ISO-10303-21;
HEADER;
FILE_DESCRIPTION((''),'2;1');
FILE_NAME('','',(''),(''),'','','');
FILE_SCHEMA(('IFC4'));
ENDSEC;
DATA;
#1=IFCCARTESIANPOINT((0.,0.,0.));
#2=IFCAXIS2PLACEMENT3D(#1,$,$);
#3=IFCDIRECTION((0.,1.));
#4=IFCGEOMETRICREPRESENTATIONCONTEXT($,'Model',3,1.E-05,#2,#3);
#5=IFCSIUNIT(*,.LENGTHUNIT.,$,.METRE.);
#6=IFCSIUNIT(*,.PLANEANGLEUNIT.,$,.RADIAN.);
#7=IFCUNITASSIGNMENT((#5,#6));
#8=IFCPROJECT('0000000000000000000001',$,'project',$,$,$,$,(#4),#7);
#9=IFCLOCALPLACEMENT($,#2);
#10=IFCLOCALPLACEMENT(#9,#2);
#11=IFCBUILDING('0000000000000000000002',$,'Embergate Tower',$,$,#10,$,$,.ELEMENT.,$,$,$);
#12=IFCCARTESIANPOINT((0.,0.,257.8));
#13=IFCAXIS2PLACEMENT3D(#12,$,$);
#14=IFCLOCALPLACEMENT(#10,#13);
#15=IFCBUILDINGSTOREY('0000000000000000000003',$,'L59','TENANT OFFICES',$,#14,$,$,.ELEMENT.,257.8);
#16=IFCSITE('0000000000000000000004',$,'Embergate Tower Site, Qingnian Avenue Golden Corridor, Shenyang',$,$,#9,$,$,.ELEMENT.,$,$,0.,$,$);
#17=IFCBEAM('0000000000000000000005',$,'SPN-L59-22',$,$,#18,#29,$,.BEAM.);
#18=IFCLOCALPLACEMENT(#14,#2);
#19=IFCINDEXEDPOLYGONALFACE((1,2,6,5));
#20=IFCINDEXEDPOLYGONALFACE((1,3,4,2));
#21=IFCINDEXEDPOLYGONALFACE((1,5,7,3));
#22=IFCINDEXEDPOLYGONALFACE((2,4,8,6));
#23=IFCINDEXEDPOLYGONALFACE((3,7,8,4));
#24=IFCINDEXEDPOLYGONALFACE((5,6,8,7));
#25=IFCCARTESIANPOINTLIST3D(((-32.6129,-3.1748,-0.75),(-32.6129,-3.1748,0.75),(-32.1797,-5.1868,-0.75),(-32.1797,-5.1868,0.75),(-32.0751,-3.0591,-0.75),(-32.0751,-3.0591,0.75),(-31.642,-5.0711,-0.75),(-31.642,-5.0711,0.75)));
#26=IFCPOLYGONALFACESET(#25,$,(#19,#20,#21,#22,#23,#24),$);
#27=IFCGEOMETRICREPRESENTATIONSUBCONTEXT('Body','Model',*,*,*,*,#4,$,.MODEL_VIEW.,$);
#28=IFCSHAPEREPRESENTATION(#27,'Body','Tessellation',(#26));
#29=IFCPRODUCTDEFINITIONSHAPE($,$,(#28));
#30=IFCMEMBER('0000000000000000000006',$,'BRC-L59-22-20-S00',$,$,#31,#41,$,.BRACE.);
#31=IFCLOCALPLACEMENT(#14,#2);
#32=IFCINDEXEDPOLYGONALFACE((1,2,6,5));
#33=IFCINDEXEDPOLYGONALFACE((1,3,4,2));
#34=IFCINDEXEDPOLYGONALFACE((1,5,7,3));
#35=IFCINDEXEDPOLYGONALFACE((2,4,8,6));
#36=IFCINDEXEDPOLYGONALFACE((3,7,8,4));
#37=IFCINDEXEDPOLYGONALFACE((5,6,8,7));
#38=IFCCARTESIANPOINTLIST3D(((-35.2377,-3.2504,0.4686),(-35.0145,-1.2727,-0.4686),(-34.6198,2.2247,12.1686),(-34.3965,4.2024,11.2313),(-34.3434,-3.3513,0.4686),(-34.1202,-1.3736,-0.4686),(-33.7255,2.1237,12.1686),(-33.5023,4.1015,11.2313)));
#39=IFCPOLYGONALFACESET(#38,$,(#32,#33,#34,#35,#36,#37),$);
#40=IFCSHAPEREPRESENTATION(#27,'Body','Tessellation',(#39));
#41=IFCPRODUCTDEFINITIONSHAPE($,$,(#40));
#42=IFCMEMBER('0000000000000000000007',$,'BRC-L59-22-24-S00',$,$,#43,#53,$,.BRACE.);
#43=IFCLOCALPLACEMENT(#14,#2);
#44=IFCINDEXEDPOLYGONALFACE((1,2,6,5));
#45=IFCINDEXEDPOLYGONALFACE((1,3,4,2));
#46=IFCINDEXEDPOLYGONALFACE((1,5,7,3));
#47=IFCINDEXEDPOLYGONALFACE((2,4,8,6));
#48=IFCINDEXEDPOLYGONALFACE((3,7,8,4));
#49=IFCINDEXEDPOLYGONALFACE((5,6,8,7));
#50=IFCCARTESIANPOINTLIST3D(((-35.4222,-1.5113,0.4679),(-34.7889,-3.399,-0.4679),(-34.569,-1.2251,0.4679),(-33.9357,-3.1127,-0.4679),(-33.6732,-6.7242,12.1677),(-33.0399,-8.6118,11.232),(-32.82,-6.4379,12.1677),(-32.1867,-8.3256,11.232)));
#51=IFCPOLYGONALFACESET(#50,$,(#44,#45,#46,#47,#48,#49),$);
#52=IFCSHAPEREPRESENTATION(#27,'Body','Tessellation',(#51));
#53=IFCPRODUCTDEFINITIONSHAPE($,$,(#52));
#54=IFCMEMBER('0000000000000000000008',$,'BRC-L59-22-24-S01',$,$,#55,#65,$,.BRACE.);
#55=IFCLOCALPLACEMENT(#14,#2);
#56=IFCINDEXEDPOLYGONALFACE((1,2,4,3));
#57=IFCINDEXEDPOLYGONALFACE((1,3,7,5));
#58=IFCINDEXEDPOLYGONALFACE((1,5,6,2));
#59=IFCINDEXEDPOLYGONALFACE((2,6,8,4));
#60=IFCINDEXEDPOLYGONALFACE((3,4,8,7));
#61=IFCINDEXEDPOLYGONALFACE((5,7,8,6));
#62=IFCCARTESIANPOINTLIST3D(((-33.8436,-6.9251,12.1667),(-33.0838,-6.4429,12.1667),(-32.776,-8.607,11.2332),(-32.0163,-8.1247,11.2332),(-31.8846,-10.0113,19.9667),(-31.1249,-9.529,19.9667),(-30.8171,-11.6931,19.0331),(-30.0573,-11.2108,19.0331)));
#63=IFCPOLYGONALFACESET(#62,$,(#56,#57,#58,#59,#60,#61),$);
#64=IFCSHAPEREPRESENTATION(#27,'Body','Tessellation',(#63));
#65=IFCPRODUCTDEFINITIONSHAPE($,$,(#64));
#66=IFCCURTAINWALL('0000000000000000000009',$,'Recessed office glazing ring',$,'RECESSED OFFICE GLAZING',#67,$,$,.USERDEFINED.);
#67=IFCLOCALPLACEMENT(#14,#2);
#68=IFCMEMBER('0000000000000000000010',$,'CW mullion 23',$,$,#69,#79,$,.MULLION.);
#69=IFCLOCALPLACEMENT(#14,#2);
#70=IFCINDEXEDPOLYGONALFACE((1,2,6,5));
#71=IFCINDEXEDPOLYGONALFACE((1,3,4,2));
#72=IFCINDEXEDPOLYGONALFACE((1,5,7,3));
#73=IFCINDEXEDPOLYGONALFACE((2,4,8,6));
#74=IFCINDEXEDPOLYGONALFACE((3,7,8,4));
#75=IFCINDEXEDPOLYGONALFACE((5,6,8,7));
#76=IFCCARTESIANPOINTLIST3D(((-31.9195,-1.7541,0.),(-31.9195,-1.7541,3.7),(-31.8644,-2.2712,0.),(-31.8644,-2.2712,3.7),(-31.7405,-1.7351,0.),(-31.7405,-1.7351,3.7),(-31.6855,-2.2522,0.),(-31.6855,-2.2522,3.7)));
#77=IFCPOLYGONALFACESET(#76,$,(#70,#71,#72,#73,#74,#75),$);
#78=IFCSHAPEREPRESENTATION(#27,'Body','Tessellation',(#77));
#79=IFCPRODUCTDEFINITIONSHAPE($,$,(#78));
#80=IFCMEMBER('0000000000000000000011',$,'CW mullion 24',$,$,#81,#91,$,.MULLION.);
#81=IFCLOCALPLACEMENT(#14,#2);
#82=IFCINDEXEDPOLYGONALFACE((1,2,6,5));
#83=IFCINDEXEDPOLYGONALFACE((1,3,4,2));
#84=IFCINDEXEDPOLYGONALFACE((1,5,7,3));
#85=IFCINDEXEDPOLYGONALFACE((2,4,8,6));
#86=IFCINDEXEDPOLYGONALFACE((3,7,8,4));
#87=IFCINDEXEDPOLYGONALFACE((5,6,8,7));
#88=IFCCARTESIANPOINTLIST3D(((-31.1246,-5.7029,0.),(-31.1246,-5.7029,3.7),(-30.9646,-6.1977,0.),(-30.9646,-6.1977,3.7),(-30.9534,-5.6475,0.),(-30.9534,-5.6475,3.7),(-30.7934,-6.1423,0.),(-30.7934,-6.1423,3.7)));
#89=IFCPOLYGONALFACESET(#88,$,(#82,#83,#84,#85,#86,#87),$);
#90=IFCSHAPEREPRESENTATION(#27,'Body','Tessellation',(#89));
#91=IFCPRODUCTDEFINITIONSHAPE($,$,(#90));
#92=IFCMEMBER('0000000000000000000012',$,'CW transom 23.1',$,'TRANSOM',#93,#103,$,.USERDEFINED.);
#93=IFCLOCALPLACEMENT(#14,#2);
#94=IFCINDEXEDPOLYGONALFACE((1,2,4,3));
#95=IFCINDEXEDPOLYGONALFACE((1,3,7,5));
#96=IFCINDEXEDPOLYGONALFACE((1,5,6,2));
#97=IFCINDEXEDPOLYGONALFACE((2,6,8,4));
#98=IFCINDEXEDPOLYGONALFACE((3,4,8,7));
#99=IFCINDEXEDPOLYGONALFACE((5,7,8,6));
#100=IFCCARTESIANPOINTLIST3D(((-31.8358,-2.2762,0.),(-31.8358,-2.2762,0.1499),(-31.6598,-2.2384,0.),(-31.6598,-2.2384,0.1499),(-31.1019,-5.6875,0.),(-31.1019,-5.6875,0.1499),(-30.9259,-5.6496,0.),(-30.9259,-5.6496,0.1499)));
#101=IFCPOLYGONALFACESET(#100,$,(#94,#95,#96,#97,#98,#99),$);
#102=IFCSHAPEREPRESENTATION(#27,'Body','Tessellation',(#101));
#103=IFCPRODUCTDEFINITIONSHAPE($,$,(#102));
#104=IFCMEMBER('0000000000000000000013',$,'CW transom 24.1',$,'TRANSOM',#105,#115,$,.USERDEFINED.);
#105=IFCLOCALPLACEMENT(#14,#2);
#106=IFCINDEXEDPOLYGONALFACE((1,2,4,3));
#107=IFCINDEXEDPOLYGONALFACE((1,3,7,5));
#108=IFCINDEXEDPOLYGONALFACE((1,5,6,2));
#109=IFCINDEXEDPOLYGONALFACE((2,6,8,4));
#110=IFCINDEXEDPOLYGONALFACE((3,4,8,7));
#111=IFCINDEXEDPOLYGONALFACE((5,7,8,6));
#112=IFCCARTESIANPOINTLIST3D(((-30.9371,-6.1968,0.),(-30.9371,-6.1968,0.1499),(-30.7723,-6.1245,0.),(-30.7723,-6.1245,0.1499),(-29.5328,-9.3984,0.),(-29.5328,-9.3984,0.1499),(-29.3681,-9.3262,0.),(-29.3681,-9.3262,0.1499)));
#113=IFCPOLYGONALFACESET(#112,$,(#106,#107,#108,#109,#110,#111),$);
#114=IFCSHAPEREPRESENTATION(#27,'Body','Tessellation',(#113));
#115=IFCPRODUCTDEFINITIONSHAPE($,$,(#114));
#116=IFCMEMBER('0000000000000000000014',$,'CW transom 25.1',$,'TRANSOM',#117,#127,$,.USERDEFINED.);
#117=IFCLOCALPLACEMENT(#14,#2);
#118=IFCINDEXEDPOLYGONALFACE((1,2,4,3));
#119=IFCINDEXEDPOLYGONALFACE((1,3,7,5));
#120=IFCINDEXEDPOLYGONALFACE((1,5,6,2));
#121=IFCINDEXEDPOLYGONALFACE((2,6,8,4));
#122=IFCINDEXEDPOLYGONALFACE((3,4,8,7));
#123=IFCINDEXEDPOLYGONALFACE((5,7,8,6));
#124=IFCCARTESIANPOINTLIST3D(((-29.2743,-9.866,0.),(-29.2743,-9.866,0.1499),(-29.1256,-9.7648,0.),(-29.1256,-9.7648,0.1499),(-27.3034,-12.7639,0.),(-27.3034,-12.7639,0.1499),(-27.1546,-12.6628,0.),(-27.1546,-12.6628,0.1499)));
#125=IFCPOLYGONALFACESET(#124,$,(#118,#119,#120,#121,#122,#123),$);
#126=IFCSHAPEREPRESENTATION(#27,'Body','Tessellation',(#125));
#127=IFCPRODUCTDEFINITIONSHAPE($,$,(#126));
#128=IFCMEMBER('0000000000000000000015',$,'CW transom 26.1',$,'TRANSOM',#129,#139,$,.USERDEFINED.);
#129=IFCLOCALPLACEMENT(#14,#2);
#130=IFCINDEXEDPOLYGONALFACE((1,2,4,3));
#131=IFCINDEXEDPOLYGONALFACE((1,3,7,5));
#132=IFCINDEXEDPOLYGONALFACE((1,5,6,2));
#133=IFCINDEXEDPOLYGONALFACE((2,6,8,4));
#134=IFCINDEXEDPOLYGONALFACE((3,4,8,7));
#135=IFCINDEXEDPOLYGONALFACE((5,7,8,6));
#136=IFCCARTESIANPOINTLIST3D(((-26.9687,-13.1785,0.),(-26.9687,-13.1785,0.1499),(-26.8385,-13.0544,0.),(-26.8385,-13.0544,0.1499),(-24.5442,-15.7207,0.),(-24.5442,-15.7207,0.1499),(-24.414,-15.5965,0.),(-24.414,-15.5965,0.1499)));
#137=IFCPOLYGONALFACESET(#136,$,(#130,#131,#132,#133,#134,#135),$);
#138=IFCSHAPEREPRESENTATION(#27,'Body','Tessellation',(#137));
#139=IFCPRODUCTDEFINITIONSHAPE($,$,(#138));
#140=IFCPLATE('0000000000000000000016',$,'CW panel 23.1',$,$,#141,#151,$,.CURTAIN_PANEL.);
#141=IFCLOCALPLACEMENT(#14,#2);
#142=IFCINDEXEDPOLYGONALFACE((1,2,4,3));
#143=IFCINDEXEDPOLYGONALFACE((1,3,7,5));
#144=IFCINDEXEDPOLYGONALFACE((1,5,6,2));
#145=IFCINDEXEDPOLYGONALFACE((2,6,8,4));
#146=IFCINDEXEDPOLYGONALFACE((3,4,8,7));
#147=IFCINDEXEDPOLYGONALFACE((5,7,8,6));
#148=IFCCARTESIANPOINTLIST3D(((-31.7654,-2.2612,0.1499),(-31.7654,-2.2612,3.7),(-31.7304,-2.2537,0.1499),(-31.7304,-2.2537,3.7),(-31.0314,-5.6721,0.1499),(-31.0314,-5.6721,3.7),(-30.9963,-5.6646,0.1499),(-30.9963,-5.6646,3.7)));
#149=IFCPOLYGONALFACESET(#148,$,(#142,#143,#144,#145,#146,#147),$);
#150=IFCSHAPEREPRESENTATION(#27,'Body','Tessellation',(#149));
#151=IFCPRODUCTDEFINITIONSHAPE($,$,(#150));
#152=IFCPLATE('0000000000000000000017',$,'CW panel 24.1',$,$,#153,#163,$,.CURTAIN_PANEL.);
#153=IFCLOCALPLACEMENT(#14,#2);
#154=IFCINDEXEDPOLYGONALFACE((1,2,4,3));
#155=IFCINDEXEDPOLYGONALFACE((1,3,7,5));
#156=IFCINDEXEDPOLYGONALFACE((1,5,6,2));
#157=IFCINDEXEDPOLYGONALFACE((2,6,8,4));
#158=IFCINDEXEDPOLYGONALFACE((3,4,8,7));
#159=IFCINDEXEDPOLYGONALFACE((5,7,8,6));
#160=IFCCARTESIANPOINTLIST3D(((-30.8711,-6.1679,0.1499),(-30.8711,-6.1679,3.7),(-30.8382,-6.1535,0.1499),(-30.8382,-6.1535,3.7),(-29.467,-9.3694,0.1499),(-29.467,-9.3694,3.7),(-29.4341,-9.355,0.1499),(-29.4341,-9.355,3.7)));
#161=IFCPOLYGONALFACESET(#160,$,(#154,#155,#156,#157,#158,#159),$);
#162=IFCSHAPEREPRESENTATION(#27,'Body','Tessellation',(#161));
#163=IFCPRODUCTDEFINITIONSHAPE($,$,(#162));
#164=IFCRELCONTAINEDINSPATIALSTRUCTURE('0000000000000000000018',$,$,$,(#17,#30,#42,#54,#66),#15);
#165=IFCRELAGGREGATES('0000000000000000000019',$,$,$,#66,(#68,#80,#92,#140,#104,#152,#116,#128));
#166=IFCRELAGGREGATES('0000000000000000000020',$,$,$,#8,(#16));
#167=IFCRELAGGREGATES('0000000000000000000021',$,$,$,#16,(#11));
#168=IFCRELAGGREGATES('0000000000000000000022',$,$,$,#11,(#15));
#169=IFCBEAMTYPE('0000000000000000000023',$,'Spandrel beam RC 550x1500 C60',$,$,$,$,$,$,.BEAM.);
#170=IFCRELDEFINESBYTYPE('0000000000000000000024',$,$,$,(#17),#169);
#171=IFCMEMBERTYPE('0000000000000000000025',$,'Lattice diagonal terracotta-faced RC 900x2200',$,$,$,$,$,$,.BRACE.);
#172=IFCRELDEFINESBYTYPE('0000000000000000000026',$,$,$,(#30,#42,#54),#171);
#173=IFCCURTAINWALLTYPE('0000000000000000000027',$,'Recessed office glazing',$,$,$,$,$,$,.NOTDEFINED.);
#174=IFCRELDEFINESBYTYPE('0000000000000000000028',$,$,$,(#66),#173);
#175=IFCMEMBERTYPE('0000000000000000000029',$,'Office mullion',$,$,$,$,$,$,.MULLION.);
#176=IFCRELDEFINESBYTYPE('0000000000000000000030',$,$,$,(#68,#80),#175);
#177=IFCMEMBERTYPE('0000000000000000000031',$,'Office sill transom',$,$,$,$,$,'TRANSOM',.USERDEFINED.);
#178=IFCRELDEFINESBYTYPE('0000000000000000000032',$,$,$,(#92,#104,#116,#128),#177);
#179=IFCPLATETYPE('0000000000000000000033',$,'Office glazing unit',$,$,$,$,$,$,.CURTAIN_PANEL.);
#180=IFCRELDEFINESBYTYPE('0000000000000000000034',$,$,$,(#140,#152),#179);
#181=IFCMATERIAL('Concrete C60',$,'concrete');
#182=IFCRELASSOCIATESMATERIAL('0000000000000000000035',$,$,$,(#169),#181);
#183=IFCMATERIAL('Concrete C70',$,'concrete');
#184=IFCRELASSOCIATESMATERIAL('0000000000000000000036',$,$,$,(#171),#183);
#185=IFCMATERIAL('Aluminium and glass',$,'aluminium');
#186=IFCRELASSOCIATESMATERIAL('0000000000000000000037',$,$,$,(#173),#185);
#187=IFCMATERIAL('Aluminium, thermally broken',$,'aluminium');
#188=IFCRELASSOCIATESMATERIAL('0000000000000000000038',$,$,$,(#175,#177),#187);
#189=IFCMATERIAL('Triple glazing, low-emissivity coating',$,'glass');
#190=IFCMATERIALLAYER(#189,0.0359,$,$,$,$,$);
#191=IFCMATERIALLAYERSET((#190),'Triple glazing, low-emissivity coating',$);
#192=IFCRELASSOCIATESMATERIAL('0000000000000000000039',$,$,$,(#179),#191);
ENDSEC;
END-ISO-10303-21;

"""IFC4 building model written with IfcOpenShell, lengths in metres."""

from ifc_helpers import new_model, si_unit, direction, frame, origin, origin_2d, place, context, subcontext, project, spatial, rectangle, extrude, source, transform, mapped, material, layer, layer_set, material_profile, profile_set, type_object, element, aggregate, save


model = new_model("IFC4")

# Units and contexts
model_context = context("Model", 3, precision=1e-05, world=origin(), true_north=direction((0.0, 1.0)))
body_context = subcontext(model_context, "Body", "Model", "MODEL_VIEW")
ifc_project = project(units=[si_unit("LENGTHUNIT", "METRE"), si_unit("PLANEANGLEUNIT", "RADIAN")], contexts=[model_context])

# Site, building, storey
site_placement = place(None, origin())
site = spatial("IfcSite", under=ifc_project, at=site_placement, Name="Embergate Tower Site, Qingnian Avenue Golden Corridor, Shenyang", CompositionType="ELEMENT", RefElevation=0.0)
building_placement = place(site_placement, origin())
building = spatial("IfcBuilding", under=site, at=building_placement, Name="Embergate Tower", CompositionType="ELEMENT")
storey_placement = place(building_placement, frame((0.0, 0.0, 257.8)))
storey = spatial("IfcBuildingStorey", under=building, at=storey_placement, Name="L59", Description="TENANT OFFICES", CompositionType="ELEMENT", Elevation=257.8)

# Beam
ifc_material_1 = material(Name="Concrete C60", Category="concrete")
ifc_material_profile_1 = material_profile(ifc_material_1, rectangle(XDim=0.55, YDim=1.5, at=origin_2d()), Name="RC 550x1500")
ifc_profile_set_1 = profile_set([ifc_material_profile_1], Name="Concrete C60")
beam_type = type_object("IfcBeamType", Name="Spandrel beam RC 550x1500 C60", PredefinedType="BEAM", material=ifc_profile_set_1)
shared_shape_1 = source(origin(), body_context, "Body", "SweptSolid", [
    extrude(rectangle(XDim=0.55, YDim=1.5, at=origin_2d()), origin(), (0.0, 0.0, 1.0), 2.0581),
])
beam_placement = place(storey_placement, frame((-32.344, -3.1169, 0.0), z_axis=(0.210444, -0.977606, 0.0), x_axis=(0.977606, 0.210444, 0.0)))
element("IfcBeam", 1, at=beam_placement, inside=storey, type_object=beam_type, Name="SPN-L59-22", PredefinedType="BEAM", context=body_context, shape_type="MappedRepresentation", body=[
    mapped(shared_shape_1, transform((0.0, 0.0, 0.0))),
])

# Members
ifc_material_2 = material(Name="Concrete C70", Category="concrete")
ifc_material_profile_2 = material_profile(ifc_material_2, rectangle(XDim=0.8999, YDim=2.2, at=origin_2d()), Name="RC 900x2200")
ifc_profile_set_2 = profile_set([ifc_material_profile_2], Name="Concrete C70")
member_type_1 = type_object("IfcMemberType", Name="Lattice diagonal terracotta-faced RC 900x2200", PredefinedType="BRACE", material=ifc_profile_set_2)
shared_shape_2 = source(origin(), body_context, "Body", "SweptSolid", [
    extrude(rectangle(XDim=0.8999, YDim=2.2, at=origin_2d()), origin(), (0.0, 0.0, 1.0), 12.9324),
])
member_1_placement = place(storey_placement, frame((-34.679, -2.312, 0.0), z_axis=(0.047781, 0.423362, 0.9047), x_axis=(-0.993692, 0.112148, 0.0)))
element("IfcMember", 2, at=member_1_placement, inside=storey, type_object=member_type_1, Name="BRC-L59-22-20-S00", PredefinedType="BRACE", context=body_context, shape_type="MappedRepresentation", body=[
    mapped(shared_shape_2, transform((0.0, 0.0, 0.0))),
])
shared_shape_3 = source(origin(), body_context, "Body", "SweptSolid", [
    extrude(rectangle(XDim=0.8999, YDim=2.2, at=origin_2d()), origin(), (0.0, 0.0, 1.0), 12.9275),
])
member_2_placement = place(storey_placement, frame((-34.679, -2.312, 0.0), z_axis=(0.135294, -0.403238, 0.905038), x_axis=(0.94806, 0.318092, 0.0)))
element("IfcMember", 3, at=member_2_placement, inside=storey, type_object=member_type_1, Name="BRC-L59-22-24-S00", PredefinedType="BRACE", context=body_context, shape_type="MappedRepresentation", body=[
    mapped(shared_shape_3, transform((0.0, 0.0, 0.0))),
])
shared_shape_4 = source(origin(), body_context, "Body", "SweptSolid", [
    extrude(rectangle(XDim=0.8999, YDim=2.2, at=origin_2d()), origin(), (0.0, 0.0, 1.0), 8.614),
])
member_3_placement = place(storey_placement, frame((-32.9299, -7.5249, 11.7), z_axis=(0.227416, -0.35827, 0.905497), x_axis=(0.844274, 0.535911, 0.0)))
element("IfcMember", 4, at=member_3_placement, inside=storey, type_object=member_type_1, Name="BRC-L59-22-24-S01", PredefinedType="BRACE", context=body_context, shape_type="MappedRepresentation", body=[
    mapped(shared_shape_4, transform((0.0, 0.0, 0.0))),
])

# Curtain wall, members, plates
ifc_material_3 = material(Name="Aluminium and glass", Category="aluminium")
curtain_wall_type = type_object("IfcCurtainWallType", Name="Recessed office glazing", PredefinedType="NOTDEFINED", material=ifc_material_3)
curtain_wall_placement = place(storey_placement, origin())
curtain_wall = element("IfcCurtainWall", 5, at=curtain_wall_placement, inside=storey, type_object=curtain_wall_type, Name="Recessed office glazing ring", ObjectType="RECESSED OFFICE GLAZING", PredefinedType="USERDEFINED")
ifc_material_4 = material(Name="Aluminium, thermally broken", Category="aluminium")
ifc_material_profile_3 = material_profile(ifc_material_4, rectangle(XDim=0.1799, YDim=0.52, at=origin_2d()), Name="AL 520x180")
ifc_profile_set_3 = profile_set([ifc_material_profile_3], Name="Aluminium, thermally broken")
member_type_2 = type_object("IfcMemberType", Name="Office mullion", PredefinedType="MULLION", material=ifc_profile_set_3)
shared_shape_5 = source(origin(), body_context, "Body", "SweptSolid", [
    extrude(rectangle(XDim=0.1799, YDim=0.52, at=origin_2d()), origin(), (0.0, 0.0, 1.0), 3.7),
])
member_4_placement = place(storey_placement, frame((-31.8025, -2.0032, 0.0), z_axis=(0.0, 0.0, 1.0), x_axis=(0.994384, 0.105828, 0.0)))
member_4 = element("IfcMember", 6, at=member_4_placement, type_object=member_type_2, Name="CW mullion 23", PredefinedType="MULLION", context=body_context, shape_type="MappedRepresentation", body=[
    mapped(shared_shape_5, transform((0.0, 0.0, 0.0))),
])
member_5_placement = place(storey_placement, frame((-30.959, -5.9226, 0.0), z_axis=(0.0, 0.0, 1.0), x_axis=(0.951494, 0.307667, 0.0)))
member_5 = element("IfcMember", 7, at=member_5_placement, type_object=member_type_2, Name="CW mullion 24", PredefinedType="MULLION", context=body_context, shape_type="MappedRepresentation", body=[
    mapped(shared_shape_5, transform((0.0, 0.0, 0.0))),
])
ifc_material_profile_4 = material_profile(ifc_material_4, rectangle(XDim=0.1799, YDim=0.1499, at=origin_2d()), Name="AL 150x180")
ifc_profile_set_4 = profile_set([ifc_material_profile_4], Name="Aluminium, thermally broken")
member_type_3 = type_object("IfcMemberType", Name="Office sill transom", ElementType="TRANSOM", PredefinedType="USERDEFINED", material=ifc_profile_set_4)
shared_shape_6 = source(origin(), body_context, "Body", "SweptSolid", [
    extrude(rectangle(XDim=0.1799, YDim=0.1499, at=origin_2d()), origin(), (0.0, 0.0, 1.0), 3.4893),
])
member_6_placement = place(storey_placement, frame((-31.7478, -2.2573, 0.075), z_axis=(0.210332, -0.97763, 0.0), x_axis=(0.97763, 0.210332, 0.0)))
member_6 = element("IfcMember", 8, at=member_6_placement, type_object=member_type_3, Name="CW transom 23.1", ObjectType="TRANSOM", PredefinedType="USERDEFINED", context=body_context, shape_type="MappedRepresentation", body=[
    mapped(shared_shape_6, transform((0.0, 0.0, 0.0))),
])
shared_shape_7 = source(origin(), body_context, "Body", "SweptSolid", [
    extrude(rectangle(XDim=0.1799, YDim=0.1499, at=origin_2d()), origin(), (0.0, 0.0, 1.0), 3.4961),
])
member_7_placement = place(storey_placement, frame((-30.8547, -6.1606, 0.075), z_axis=(0.401676, -0.915782, 0.0), x_axis=(0.915782, 0.401676, 0.0)))
member_7 = element("IfcMember", 9, at=member_7_placement, type_object=member_type_3, Name="CW transom 24.1", ObjectType="TRANSOM", PredefinedType="USERDEFINED", context=body_context, shape_type="MappedRepresentation", body=[
    mapped(shared_shape_7, transform((0.0, 0.0, 0.0))),
])
shared_shape_8 = source(origin(), body_context, "Body", "SweptSolid", [
    extrude(rectangle(XDim=0.1799, YDim=0.1499, at=origin_2d()), origin(), (0.0, 0.0, 1.0), 3.5046),
])
member_8_placement = place(storey_placement, frame((-29.2, -9.8154, 0.075), z_axis=(0.562377, -0.826881, 0.0), x_axis=(0.826881, 0.562377, 0.0)))
member_8 = element("IfcMember", 10, at=member_8_placement, type_object=member_type_3, Name="CW transom 25.1", ObjectType="TRANSOM", PredefinedType="USERDEFINED", context=body_context, shape_type="MappedRepresentation", body=[
    mapped(shared_shape_8, transform((0.0, 0.0, 0.0))),
])
shared_shape_9 = source(origin(), body_context, "Body", "SweptSolid", [
    extrude(rectangle(XDim=0.1799, YDim=0.1499, at=origin_2d()), origin(), (0.0, 0.0, 1.0), 3.5129),
])
member_9_placement = place(storey_placement, frame((-26.9036, -13.1165, 0.075), z_axis=(0.69016, -0.723657, 0.0), x_axis=(0.723657, 0.69016, 0.0)))
member_9 = element("IfcMember", 11, at=member_9_placement, type_object=member_type_3, Name="CW transom 26.1", ObjectType="TRANSOM", PredefinedType="USERDEFINED", context=body_context, shape_type="MappedRepresentation", body=[
    mapped(shared_shape_9, transform((0.0, 0.0, 0.0))),
])
ifc_material_5 = material(Name="Triple glazing, low-emissivity coating", Category="glass")
ifc_layer_1 = layer(ifc_material_5, 0.0359)
ifc_layer_set_1 = layer_set([ifc_layer_1], Name="Triple glazing, low-emissivity coating")
plate_type = type_object("IfcPlateType", Name="Office glazing unit", PredefinedType="CURTAIN_PANEL", material=ifc_layer_set_1)
shared_shape_10 = source(origin(), body_context, "Body", "SweptSolid", [
    extrude(rectangle(XDim=3.489, YDim=0.0359, at=origin_2d()), origin(), (0.0, 0.0, 1.0), 3.55),
])
plate_1_placement = place(storey_placement, frame((-31.3809, -3.9629, 0.1499), z_axis=(0.0, 0.0, 1.0), x_axis=(0.210402, -0.977615, 0.0)))
plate_1 = element("IfcPlate", 12, at=plate_1_placement, type_object=plate_type, Name="CW panel 23.1", PredefinedType="CURTAIN_PANEL", context=body_context, shape_type="MappedRepresentation", body=[
    mapped(shared_shape_10, transform((0.0, 0.0, 0.0))),
])
shared_shape_11 = source(origin(), body_context, "Body", "SweptSolid", [
    extrude(rectangle(XDim=3.4958, YDim=0.0359, at=origin_2d()), origin(), (0.0, 0.0, 1.0), 3.55),
])
plate_2_placement = place(storey_placement, frame((-30.1526, -7.7615, 0.1499), z_axis=(0.0, 0.0, 1.0), x_axis=(0.401657, -0.91579, 0.0)))
plate_2 = element("IfcPlate", 13, at=plate_2_placement, type_object=plate_type, Name="CW panel 24.1", PredefinedType="CURTAIN_PANEL", context=body_context, shape_type="MappedRepresentation", body=[
    mapped(shared_shape_11, transform((0.0, 0.0, 0.0))),
])
aggregate(curtain_wall, [member_4, member_5, member_6, plate_1, member_7, plate_2, member_8, member_9])

save(model, "model.ifc")
